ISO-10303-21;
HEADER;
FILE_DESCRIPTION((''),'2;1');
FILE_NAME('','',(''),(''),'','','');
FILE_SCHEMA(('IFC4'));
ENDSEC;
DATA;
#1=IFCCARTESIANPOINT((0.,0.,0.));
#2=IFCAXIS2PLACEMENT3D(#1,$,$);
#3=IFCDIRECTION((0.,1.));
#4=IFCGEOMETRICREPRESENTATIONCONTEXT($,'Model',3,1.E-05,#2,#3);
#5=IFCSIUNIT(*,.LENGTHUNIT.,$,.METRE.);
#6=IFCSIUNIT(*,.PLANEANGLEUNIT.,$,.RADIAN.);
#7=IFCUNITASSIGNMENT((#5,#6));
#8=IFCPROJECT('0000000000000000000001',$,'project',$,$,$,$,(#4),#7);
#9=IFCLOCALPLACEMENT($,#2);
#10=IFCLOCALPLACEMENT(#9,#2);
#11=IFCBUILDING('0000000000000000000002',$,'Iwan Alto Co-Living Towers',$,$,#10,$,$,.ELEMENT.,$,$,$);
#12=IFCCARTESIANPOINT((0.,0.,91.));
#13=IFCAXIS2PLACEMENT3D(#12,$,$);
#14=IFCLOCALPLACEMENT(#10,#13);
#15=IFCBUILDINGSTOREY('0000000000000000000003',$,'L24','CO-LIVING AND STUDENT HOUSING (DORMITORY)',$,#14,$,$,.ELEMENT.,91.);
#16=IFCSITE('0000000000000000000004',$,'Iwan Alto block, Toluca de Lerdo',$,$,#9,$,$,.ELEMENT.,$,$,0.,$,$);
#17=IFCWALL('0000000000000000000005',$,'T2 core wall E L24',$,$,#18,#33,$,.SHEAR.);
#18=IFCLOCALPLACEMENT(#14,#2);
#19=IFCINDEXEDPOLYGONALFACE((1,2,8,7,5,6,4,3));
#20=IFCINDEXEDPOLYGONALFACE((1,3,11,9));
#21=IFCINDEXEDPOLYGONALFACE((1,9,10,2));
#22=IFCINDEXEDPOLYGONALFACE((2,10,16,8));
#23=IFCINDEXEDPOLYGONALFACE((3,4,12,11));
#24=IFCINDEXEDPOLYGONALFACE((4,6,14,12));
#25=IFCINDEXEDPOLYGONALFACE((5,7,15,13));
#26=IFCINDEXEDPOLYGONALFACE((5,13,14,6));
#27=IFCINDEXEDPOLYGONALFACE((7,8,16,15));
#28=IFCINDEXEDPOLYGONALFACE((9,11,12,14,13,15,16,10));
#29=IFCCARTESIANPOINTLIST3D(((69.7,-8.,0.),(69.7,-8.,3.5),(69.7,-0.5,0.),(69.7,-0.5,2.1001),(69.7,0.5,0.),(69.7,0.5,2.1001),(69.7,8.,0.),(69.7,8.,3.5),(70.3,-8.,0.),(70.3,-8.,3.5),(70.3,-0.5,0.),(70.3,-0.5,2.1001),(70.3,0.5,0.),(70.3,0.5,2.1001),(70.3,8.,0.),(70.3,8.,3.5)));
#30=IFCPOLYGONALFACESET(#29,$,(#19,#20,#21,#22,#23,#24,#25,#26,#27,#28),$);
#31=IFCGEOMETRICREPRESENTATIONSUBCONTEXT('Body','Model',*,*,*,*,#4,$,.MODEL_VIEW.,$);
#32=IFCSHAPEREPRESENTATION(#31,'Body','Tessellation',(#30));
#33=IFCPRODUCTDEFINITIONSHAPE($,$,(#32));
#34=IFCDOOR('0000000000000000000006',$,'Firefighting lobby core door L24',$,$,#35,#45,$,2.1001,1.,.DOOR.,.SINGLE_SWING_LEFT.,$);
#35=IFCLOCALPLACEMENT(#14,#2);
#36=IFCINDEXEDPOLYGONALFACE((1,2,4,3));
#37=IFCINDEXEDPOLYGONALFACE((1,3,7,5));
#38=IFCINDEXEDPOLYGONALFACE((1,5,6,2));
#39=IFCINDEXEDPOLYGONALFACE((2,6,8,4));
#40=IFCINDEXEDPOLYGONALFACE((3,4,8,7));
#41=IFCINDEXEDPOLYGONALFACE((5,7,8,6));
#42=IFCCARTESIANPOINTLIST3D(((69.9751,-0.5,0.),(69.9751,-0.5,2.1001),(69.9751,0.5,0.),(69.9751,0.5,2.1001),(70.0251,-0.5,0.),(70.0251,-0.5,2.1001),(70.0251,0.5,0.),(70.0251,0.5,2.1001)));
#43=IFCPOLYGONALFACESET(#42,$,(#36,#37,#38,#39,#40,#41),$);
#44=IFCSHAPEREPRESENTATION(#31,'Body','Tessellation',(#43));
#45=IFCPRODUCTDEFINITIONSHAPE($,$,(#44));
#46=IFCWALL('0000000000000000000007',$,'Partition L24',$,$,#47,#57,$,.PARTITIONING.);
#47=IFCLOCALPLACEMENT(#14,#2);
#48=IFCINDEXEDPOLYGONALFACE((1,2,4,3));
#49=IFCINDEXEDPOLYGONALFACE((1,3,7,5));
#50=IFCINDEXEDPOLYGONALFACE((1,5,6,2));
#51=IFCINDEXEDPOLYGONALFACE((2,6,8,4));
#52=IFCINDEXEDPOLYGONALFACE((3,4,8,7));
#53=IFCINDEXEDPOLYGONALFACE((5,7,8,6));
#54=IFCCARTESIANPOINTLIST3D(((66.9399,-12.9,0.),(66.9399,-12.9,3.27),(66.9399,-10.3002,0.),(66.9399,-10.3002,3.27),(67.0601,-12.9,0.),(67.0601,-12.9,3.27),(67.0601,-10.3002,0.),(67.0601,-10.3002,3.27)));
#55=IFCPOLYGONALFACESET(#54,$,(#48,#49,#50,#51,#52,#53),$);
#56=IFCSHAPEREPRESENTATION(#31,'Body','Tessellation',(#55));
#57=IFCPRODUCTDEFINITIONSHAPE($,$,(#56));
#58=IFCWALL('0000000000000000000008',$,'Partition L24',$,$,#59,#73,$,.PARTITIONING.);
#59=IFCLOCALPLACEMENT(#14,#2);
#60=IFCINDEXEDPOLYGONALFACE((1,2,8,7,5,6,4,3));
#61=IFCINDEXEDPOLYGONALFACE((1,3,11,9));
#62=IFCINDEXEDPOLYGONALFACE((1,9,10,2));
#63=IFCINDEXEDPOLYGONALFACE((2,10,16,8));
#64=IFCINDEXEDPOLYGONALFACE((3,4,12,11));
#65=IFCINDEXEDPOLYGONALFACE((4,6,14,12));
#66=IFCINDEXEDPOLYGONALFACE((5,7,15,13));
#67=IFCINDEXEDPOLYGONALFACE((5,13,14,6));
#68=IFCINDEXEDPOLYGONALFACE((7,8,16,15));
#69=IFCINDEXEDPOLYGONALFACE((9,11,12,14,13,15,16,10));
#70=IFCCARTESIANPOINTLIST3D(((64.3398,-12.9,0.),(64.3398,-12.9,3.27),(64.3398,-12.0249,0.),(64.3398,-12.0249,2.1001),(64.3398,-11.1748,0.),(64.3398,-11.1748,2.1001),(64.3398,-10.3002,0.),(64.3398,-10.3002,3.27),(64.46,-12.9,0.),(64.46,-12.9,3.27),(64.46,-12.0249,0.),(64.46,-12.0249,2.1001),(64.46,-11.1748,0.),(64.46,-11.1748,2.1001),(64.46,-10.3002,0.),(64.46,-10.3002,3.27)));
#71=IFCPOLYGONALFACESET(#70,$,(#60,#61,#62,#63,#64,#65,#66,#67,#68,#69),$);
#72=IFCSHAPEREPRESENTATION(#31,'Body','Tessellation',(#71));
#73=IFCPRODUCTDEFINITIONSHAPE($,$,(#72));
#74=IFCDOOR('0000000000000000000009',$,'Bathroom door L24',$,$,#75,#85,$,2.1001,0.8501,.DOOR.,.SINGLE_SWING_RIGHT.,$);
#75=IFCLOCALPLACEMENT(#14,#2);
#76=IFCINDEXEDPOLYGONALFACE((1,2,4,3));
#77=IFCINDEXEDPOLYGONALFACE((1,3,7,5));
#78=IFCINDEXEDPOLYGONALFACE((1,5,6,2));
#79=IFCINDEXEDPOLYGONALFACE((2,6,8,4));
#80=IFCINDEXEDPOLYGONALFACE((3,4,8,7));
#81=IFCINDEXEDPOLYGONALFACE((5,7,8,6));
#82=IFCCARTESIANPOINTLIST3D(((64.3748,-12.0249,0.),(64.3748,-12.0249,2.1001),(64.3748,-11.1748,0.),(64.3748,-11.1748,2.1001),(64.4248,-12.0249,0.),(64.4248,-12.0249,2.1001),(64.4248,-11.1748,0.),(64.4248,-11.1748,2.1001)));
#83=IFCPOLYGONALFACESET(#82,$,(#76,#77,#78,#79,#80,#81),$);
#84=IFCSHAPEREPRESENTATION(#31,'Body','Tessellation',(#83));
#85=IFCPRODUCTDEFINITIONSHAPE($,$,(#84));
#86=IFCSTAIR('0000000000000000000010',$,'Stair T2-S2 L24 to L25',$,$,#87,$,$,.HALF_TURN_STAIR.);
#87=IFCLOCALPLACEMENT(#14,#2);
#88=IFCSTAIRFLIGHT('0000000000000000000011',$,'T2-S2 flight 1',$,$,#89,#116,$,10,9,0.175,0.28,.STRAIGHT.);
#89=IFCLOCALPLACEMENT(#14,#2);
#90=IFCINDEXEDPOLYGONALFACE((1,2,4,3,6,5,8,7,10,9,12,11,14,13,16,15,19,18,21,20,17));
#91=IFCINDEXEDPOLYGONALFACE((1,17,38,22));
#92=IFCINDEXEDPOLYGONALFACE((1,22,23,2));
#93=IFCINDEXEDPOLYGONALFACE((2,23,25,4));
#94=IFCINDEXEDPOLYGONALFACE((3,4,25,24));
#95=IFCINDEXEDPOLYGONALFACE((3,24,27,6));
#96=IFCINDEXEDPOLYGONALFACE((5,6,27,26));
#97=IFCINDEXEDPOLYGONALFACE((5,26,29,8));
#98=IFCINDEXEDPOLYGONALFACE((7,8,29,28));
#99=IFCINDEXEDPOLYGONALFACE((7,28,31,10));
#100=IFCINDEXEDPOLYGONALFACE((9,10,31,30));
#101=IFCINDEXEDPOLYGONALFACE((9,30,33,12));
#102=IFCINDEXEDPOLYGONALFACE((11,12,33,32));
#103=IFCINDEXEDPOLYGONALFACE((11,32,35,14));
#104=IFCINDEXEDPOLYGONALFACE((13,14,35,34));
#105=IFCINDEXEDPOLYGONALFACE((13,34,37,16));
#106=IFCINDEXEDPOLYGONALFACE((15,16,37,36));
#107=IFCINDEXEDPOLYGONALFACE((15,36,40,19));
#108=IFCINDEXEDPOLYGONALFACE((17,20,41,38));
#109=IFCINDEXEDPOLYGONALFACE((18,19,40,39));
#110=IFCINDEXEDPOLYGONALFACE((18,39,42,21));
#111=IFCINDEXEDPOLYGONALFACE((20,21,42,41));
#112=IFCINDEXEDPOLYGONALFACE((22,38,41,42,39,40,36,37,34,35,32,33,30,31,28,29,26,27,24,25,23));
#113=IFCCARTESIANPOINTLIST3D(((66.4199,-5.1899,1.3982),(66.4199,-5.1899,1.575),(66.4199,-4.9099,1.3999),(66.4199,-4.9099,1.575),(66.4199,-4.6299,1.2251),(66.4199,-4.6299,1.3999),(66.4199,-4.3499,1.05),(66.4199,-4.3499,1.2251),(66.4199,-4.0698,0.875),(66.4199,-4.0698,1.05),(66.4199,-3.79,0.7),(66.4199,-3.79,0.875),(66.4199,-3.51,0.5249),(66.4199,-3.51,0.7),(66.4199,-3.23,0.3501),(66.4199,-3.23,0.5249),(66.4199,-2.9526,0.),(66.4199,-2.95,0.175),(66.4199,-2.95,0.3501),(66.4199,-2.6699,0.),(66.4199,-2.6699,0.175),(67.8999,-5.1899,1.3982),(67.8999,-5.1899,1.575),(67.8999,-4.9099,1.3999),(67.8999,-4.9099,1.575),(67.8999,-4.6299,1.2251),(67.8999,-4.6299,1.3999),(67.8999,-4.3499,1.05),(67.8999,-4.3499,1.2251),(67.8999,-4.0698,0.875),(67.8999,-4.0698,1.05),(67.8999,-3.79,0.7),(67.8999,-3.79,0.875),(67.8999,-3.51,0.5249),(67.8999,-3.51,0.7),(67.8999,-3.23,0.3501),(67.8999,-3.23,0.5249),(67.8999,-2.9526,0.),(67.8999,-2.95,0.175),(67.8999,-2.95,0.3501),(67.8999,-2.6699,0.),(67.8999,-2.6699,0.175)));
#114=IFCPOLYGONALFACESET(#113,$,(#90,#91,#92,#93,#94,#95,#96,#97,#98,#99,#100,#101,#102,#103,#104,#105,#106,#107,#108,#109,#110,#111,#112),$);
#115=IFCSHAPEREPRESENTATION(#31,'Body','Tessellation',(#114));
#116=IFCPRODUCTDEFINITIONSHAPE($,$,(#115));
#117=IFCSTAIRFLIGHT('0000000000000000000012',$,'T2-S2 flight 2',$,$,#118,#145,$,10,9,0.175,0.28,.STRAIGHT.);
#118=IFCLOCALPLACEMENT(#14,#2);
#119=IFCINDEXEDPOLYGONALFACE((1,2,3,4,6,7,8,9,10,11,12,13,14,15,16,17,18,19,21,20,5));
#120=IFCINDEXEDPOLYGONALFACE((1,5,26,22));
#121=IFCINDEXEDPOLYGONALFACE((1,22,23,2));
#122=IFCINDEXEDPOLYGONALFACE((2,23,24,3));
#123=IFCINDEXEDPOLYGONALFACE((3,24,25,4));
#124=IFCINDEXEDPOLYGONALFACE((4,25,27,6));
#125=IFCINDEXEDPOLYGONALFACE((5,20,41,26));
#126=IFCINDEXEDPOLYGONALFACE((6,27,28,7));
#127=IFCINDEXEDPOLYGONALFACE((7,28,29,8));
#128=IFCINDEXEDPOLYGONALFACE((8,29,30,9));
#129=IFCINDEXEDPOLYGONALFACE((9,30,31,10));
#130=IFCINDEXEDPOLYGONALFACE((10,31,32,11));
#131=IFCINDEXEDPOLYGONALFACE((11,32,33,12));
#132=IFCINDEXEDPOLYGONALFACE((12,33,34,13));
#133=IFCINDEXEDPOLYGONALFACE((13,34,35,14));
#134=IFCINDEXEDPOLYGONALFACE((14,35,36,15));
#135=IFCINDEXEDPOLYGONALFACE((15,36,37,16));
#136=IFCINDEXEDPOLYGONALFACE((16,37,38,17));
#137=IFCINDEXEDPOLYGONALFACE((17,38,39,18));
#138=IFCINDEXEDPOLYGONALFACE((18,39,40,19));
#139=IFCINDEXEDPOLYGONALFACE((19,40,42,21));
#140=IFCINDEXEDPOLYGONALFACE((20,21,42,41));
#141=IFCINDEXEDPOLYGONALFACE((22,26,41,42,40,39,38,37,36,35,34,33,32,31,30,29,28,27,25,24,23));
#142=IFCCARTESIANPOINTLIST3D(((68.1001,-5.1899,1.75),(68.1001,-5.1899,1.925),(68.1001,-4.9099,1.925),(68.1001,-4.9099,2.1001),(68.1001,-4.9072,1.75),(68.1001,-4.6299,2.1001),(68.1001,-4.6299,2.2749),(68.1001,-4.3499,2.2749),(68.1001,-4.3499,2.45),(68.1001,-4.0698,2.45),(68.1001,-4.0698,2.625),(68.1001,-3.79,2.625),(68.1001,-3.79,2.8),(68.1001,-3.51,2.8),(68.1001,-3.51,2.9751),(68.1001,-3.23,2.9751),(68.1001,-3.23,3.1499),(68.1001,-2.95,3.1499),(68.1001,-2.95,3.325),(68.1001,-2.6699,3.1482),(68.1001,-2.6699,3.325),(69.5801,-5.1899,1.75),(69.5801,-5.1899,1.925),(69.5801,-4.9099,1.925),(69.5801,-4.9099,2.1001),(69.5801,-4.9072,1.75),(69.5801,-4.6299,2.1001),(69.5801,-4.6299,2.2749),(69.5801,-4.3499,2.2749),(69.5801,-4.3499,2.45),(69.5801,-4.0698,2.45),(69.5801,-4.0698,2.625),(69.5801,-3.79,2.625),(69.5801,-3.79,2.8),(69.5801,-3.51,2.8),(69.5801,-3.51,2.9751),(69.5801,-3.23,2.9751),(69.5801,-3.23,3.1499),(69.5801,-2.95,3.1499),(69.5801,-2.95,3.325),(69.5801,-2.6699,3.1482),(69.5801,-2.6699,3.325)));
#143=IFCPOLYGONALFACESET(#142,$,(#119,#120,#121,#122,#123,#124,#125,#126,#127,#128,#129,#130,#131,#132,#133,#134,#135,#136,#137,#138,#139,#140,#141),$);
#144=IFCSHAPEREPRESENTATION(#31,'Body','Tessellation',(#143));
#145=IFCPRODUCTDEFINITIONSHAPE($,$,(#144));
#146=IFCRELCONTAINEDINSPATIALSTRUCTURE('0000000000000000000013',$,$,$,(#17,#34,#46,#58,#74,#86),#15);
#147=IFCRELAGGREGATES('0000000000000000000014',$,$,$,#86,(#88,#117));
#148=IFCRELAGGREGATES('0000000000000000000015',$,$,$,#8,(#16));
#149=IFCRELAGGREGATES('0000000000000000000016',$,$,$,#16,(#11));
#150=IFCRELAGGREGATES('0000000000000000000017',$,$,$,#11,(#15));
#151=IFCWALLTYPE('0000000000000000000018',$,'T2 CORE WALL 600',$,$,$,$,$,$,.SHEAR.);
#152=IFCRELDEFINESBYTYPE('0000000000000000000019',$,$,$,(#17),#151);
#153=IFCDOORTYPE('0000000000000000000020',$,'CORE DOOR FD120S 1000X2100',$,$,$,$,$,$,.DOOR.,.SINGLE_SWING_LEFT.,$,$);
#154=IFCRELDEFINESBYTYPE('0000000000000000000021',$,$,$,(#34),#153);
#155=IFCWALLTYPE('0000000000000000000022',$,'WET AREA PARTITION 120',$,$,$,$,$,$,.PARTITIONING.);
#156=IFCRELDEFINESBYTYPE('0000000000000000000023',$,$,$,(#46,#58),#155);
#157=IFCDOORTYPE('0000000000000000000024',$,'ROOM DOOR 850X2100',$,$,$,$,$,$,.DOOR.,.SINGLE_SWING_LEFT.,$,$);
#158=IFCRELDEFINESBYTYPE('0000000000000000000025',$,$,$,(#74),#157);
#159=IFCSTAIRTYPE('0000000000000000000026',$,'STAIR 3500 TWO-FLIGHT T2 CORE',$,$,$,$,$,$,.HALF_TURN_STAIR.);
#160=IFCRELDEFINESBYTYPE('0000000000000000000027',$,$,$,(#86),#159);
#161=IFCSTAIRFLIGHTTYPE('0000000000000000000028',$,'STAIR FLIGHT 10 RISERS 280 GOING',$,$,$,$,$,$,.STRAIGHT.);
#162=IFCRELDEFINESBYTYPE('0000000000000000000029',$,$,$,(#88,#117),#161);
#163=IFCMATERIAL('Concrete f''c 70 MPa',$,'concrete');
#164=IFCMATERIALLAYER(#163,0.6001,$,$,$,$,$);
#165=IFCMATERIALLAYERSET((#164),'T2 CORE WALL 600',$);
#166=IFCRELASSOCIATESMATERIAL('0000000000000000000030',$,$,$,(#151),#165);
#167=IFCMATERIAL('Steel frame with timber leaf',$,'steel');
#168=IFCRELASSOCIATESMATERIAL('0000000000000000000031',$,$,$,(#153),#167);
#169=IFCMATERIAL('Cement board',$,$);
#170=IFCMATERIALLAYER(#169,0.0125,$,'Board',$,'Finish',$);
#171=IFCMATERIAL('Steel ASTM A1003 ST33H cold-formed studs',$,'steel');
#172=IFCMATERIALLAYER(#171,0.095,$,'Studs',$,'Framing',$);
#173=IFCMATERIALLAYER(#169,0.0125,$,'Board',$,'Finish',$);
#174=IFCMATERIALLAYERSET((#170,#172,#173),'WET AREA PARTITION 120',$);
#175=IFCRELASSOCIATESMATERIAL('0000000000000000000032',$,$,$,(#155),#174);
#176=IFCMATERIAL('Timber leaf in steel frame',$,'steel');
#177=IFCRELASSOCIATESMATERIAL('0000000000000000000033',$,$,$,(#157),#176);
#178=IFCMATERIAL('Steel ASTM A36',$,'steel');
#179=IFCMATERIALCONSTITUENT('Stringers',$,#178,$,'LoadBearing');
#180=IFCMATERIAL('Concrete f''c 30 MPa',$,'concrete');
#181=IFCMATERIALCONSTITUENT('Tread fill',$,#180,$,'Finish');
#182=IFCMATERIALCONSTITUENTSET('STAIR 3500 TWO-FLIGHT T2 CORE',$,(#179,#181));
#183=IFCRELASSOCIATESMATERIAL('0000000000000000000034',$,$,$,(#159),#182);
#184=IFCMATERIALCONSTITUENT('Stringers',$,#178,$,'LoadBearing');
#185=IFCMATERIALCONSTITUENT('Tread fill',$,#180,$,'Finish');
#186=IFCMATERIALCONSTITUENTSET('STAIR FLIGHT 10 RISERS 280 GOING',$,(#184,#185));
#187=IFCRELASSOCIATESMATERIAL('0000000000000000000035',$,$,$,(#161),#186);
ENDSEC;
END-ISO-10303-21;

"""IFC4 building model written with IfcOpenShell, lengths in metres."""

from ifc_helpers import new_model, si_unit, direction, frame, frame_2d, origin, place, context, subcontext, project, spatial, polyline, rectangle, outline, extrude, material, layer, layer_set, constituent, constituent_set, type_object, element, fill, aggregate, save


model = new_model("IFC4")

# Units and contexts
model_context = context("Model", 3, precision=1e-05, world=origin(), true_north=direction((0.0, 1.0)))
body_context = subcontext(model_context, "Body", "Model", "MODEL_VIEW")
ifc_project = project(units=[si_unit("LENGTHUNIT", "METRE"), si_unit("PLANEANGLEUNIT", "RADIAN")], contexts=[model_context])

# Site, building, storey
site_placement = place(None, origin())
site = spatial("IfcSite", under=ifc_project, at=site_placement, Name="Iwan Alto block, Toluca de Lerdo", CompositionType="ELEMENT", RefElevation=0.0)
building_placement = place(site_placement, origin())
building = spatial("IfcBuilding", under=site, at=building_placement, Name="Iwan Alto Co-Living Towers", CompositionType="ELEMENT")
storey_placement = place(building_placement, frame((0.0, 0.0, 91.0)))
storey = spatial("IfcBuildingStorey", under=building, at=storey_placement, Name="L24", Description="CO-LIVING AND STUDENT HOUSING (DORMITORY)", CompositionType="ELEMENT", Elevation=91.0)

# Shared definitions
ifc_material_1 = material(Name="Steel ASTM A1003 ST33H cold-formed studs", Category="steel")

# Wall, opening, door
ifc_material_2 = material(Name="Concrete f'c 70 MPa", Category="concrete")
ifc_layer_1 = layer(ifc_material_2, 0.6001)
ifc_layer_set_1 = layer_set([ifc_layer_1], Name="T2 CORE WALL 600")
wall_type_1 = type_object("IfcWallType", Name="T2 CORE WALL 600", PredefinedType="SHEAR", material=ifc_layer_set_1)
wall_1_placement = place(storey_placement, frame((70.0, -8.0, 0.0), z_axis=(0.0, 0.0, 1.0), x_axis=(0.0, 1.0, 0.0)))
wall_1 = element("IfcWall", 1, at=wall_1_placement, inside=storey, type_object=wall_type_1, Name="T2 core wall E L24", PredefinedType="SHEAR", context=body_context, shape_type="SweptSolid", body=[
    extrude(rectangle(XDim=16.0, YDim=0.6001, at=frame_2d((8.0, 0.0))), origin(), (0.0, 0.0, 1.0), 3.5),
])
opening_1_placement = place(wall_1_placement, frame((7.5, 0.0, 0.0)))
opening_1 = element("IfcOpeningElement", 2, at=opening_1_placement, cuts=wall_1, PredefinedType="OPENING", context=body_context, shape_type="SweptSolid", body=[
    extrude(rectangle(XDim=1.0, YDim=2.1001, at=frame_2d((0.5, 1.05))), frame((0.0, 0.3101, 0.0), z_axis=(0.0, -1.0, 0.0), x_axis=(1.0, 0.0, 0.0)), (0.0, 0.0, 1.0), 0.6201),
])
ifc_material_3 = material(Name="Steel frame with timber leaf", Category="steel")
door_type_1 = type_object("IfcDoorType", Name="CORE DOOR FD120S 1000X2100", OperationType="SINGLE_SWING_LEFT", PredefinedType="DOOR", material=ifc_material_3)
door_1_placement = place(opening_1_placement, origin())
door_1 = element("IfcDoor", 3, at=door_1_placement, inside=storey, type_object=door_type_1, Name="Firefighting lobby core door L24", OperationType="SINGLE_SWING_LEFT", OverallHeight=2.1001, OverallWidth=1.0, PredefinedType="DOOR", context=body_context, shape_type="SweptSolid", body=[
    extrude(rectangle(XDim=1.0, YDim=2.1001, at=frame_2d((0.5, 1.05))), frame((0.0, 0.0249, 0.0), z_axis=(0.0, -1.0, 0.0), x_axis=(1.0, 0.0, 0.0)), (0.0, 0.0, 1.0), 0.05),
])
fill(opening_1, door_1)

# Wall
ifc_material_4 = material(Name="Cement board")
ifc_layer_2 = layer(ifc_material_4, 0.0125, Name="Board", Category="Finish")
ifc_layer_3 = layer(ifc_material_1, 0.095, Name="Studs", Category="Framing")
ifc_layer_4 = layer(ifc_material_4, 0.0125, Name="Board", Category="Finish")
ifc_layer_set_2 = layer_set([ifc_layer_2, ifc_layer_3, ifc_layer_4], Name="WET AREA PARTITION 120")
wall_type_2 = type_object("IfcWallType", Name="WET AREA PARTITION 120", PredefinedType="PARTITIONING", material=ifc_layer_set_2)
wall_2_placement = place(storey_placement, frame((67.0, -12.8999, 0.0), z_axis=(0.0, 0.0, 1.0), x_axis=(0.0, 1.0, 0.0)))
element("IfcWall", 4, at=wall_2_placement, inside=storey, type_object=wall_type_2, Name="Partition L24", PredefinedType="PARTITIONING", context=body_context, shape_type="SweptSolid", body=[
    extrude(rectangle(XDim=2.5999, YDim=0.1201, at=frame_2d((1.2998, 0.0))), origin(), (0.0, 0.0, 1.0), 3.27),
])

# Wall, opening, door
wall_3_placement = place(storey_placement, frame((64.3999, -12.8999, 0.0), z_axis=(0.0, 0.0, 1.0), x_axis=(0.0, 1.0, 0.0)))
wall_3 = element("IfcWall", 5, at=wall_3_placement, inside=storey, type_object=wall_type_2, Name="Partition L24", PredefinedType="PARTITIONING", context=body_context, shape_type="SweptSolid", body=[
    extrude(rectangle(XDim=2.5999, YDim=0.1201, at=frame_2d((1.2998, 0.0))), origin(), (0.0, 0.0, 1.0), 3.27),
])
opening_2_placement = place(wall_3_placement, frame((0.875, 0.0, 0.0)))
opening_2 = element("IfcOpeningElement", 6, at=opening_2_placement, cuts=wall_3, PredefinedType="OPENING", context=body_context, shape_type="SweptSolid", body=[
    extrude(rectangle(XDim=0.8501, YDim=2.1001, at=frame_2d((0.425, 1.05))), frame((0.0, 0.0701, 0.0), z_axis=(0.0, -1.0, 0.0), x_axis=(1.0, 0.0, 0.0)), (0.0, 0.0, 1.0), 0.1401),
])
ifc_material_5 = material(Name="Timber leaf in steel frame", Category="steel")
door_type_2 = type_object("IfcDoorType", Name="ROOM DOOR 850X2100", OperationType="SINGLE_SWING_LEFT", PredefinedType="DOOR", material=ifc_material_5)
door_2_placement = place(opening_2_placement, frame((0.8501, 0.0, 0.0), z_axis=(0.0, 0.0, 1.0), x_axis=(-1.0, 0.0, 0.0)))
door_2 = element("IfcDoor", 7, at=door_2_placement, inside=storey, type_object=door_type_2, Name="Bathroom door L24", OperationType="SINGLE_SWING_RIGHT", OverallHeight=2.1001, OverallWidth=0.8501, PredefinedType="DOOR", context=body_context, shape_type="SweptSolid", body=[
    extrude(rectangle(XDim=0.8501, YDim=2.1001, at=frame_2d((0.425, 1.05))), frame((0.0, 0.0249, 0.0), z_axis=(0.0, -1.0, 0.0), x_axis=(1.0, 0.0, 0.0)), (0.0, 0.0, 1.0), 0.05),
])
fill(opening_2, door_2)

# Stair, stair flights
ifc_material_6 = material(Name="Steel ASTM A36", Category="steel")
ifc_constituent_1 = constituent(ifc_material_6, Name="Stringers", Category="LoadBearing")
ifc_material_7 = material(Name="Concrete f'c 30 MPa", Category="concrete")
ifc_constituent_2 = constituent(ifc_material_7, Name="Tread fill", Category="Finish")
ifc_constituent_set_1 = constituent_set(constituents=[ifc_constituent_1, ifc_constituent_2], Name="STAIR 3500 TWO-FLIGHT T2 CORE")
stair_type = type_object("IfcStairType", Name="STAIR 3500 TWO-FLIGHT T2 CORE", PredefinedType="HALF_TURN_STAIR", material=ifc_constituent_set_1)
stair_placement = place(storey_placement, origin())
stair = element("IfcStair", 8, at=stair_placement, inside=storey, type_object=stair_type, Name="Stair T2-S2 L24 to L25", PredefinedType="HALF_TURN_STAIR")
ifc_constituent_3 = constituent(ifc_material_6, Name="Stringers", Category="LoadBearing")
ifc_constituent_4 = constituent(ifc_material_7, Name="Tread fill", Category="Finish")
ifc_constituent_set_2 = constituent_set(constituents=[ifc_constituent_3, ifc_constituent_4], Name="STAIR FLIGHT 10 RISERS 280 GOING")
stair_flight_type = type_object("IfcStairFlightType", Name="STAIR FLIGHT 10 RISERS 280 GOING", PredefinedType="STRAIGHT", material=ifc_constituent_set_2)
stair_flight_1_placement = place(storey_placement, frame((67.1599, -2.6699, 0.0), z_axis=(0.0, 0.0, 1.0), x_axis=(0.0, -1.0, 0.0)))
stair_flight_1 = element("IfcStairFlight", 9, at=stair_flight_1_placement, type_object=stair_flight_type, Name="T2-S2 flight 1", NumberOfRisers=10, NumberOfTreads=9, PredefinedType="STRAIGHT", RiserHeight=0.175, TreadLength=0.28, context=body_context, shape_type="SweptSolid", body=[
    extrude(outline(polyline([(0.0, 0.0), (0.0, 0.175), (0.28, 0.175), (0.28, 0.3501), (0.5601, 0.3501), (0.5601, 0.5249), (0.8401, 0.5249), (0.8401, 0.7), (1.1201, 0.7), (1.1201, 0.875), (1.3999, 0.875), (1.3999, 1.05), (1.6799, 1.05), (1.6799, 1.2251), (1.96, 1.2251), (1.96, 1.3999), (2.24, 1.3999), (2.24, 1.575), (2.52, 1.575), (2.52, 1.75), (2.52, 1.3982), (0.2827, 0.0), (0.0, 0.0)])), frame((0.0, 0.74, 0.0), z_axis=(0.0, -1.0, 0.0), x_axis=(1.0, 0.0, 0.0)), (0.0, 0.0, 1.0), 1.48),
])
stair_flight_2_placement = place(storey_placement, frame((68.8401, -5.1899, 1.75), z_axis=(0.0, 0.0, 1.0), x_axis=(0.0, 1.0, 0.0)))
stair_flight_2 = element("IfcStairFlight", 10, at=stair_flight_2_placement, type_object=stair_flight_type, Name="T2-S2 flight 2", NumberOfRisers=10, NumberOfTreads=9, PredefinedType="STRAIGHT", RiserHeight=0.175, TreadLength=0.28, context=body_context, shape_type="SweptSolid", body=[
    extrude(outline(polyline([(0.0, 0.0), (0.0, 0.175), (0.28, 0.175), (0.28, 0.3501), (0.5601, 0.3501), (0.5601, 0.5249), (0.8401, 0.5249), (0.8401, 0.7), (1.1201, 0.7), (1.1201, 0.875), (1.3999, 0.875), (1.3999, 1.05), (1.6799, 1.05), (1.6799, 1.2251), (1.96, 1.2251), (1.96, 1.3999), (2.24, 1.3999), (2.24, 1.575), (2.52, 1.575), (2.52, 1.75), (2.52, 1.3982), (0.2827, 0.0), (0.0, 0.0)])), frame((0.0, 0.74, 0.0), z_axis=(0.0, -1.0, 0.0), x_axis=(1.0, 0.0, 0.0)), (0.0, 0.0, 1.0), 1.48),
])
aggregate(stair, [stair_flight_1, stair_flight_2])

save(model, "model.ifc")
